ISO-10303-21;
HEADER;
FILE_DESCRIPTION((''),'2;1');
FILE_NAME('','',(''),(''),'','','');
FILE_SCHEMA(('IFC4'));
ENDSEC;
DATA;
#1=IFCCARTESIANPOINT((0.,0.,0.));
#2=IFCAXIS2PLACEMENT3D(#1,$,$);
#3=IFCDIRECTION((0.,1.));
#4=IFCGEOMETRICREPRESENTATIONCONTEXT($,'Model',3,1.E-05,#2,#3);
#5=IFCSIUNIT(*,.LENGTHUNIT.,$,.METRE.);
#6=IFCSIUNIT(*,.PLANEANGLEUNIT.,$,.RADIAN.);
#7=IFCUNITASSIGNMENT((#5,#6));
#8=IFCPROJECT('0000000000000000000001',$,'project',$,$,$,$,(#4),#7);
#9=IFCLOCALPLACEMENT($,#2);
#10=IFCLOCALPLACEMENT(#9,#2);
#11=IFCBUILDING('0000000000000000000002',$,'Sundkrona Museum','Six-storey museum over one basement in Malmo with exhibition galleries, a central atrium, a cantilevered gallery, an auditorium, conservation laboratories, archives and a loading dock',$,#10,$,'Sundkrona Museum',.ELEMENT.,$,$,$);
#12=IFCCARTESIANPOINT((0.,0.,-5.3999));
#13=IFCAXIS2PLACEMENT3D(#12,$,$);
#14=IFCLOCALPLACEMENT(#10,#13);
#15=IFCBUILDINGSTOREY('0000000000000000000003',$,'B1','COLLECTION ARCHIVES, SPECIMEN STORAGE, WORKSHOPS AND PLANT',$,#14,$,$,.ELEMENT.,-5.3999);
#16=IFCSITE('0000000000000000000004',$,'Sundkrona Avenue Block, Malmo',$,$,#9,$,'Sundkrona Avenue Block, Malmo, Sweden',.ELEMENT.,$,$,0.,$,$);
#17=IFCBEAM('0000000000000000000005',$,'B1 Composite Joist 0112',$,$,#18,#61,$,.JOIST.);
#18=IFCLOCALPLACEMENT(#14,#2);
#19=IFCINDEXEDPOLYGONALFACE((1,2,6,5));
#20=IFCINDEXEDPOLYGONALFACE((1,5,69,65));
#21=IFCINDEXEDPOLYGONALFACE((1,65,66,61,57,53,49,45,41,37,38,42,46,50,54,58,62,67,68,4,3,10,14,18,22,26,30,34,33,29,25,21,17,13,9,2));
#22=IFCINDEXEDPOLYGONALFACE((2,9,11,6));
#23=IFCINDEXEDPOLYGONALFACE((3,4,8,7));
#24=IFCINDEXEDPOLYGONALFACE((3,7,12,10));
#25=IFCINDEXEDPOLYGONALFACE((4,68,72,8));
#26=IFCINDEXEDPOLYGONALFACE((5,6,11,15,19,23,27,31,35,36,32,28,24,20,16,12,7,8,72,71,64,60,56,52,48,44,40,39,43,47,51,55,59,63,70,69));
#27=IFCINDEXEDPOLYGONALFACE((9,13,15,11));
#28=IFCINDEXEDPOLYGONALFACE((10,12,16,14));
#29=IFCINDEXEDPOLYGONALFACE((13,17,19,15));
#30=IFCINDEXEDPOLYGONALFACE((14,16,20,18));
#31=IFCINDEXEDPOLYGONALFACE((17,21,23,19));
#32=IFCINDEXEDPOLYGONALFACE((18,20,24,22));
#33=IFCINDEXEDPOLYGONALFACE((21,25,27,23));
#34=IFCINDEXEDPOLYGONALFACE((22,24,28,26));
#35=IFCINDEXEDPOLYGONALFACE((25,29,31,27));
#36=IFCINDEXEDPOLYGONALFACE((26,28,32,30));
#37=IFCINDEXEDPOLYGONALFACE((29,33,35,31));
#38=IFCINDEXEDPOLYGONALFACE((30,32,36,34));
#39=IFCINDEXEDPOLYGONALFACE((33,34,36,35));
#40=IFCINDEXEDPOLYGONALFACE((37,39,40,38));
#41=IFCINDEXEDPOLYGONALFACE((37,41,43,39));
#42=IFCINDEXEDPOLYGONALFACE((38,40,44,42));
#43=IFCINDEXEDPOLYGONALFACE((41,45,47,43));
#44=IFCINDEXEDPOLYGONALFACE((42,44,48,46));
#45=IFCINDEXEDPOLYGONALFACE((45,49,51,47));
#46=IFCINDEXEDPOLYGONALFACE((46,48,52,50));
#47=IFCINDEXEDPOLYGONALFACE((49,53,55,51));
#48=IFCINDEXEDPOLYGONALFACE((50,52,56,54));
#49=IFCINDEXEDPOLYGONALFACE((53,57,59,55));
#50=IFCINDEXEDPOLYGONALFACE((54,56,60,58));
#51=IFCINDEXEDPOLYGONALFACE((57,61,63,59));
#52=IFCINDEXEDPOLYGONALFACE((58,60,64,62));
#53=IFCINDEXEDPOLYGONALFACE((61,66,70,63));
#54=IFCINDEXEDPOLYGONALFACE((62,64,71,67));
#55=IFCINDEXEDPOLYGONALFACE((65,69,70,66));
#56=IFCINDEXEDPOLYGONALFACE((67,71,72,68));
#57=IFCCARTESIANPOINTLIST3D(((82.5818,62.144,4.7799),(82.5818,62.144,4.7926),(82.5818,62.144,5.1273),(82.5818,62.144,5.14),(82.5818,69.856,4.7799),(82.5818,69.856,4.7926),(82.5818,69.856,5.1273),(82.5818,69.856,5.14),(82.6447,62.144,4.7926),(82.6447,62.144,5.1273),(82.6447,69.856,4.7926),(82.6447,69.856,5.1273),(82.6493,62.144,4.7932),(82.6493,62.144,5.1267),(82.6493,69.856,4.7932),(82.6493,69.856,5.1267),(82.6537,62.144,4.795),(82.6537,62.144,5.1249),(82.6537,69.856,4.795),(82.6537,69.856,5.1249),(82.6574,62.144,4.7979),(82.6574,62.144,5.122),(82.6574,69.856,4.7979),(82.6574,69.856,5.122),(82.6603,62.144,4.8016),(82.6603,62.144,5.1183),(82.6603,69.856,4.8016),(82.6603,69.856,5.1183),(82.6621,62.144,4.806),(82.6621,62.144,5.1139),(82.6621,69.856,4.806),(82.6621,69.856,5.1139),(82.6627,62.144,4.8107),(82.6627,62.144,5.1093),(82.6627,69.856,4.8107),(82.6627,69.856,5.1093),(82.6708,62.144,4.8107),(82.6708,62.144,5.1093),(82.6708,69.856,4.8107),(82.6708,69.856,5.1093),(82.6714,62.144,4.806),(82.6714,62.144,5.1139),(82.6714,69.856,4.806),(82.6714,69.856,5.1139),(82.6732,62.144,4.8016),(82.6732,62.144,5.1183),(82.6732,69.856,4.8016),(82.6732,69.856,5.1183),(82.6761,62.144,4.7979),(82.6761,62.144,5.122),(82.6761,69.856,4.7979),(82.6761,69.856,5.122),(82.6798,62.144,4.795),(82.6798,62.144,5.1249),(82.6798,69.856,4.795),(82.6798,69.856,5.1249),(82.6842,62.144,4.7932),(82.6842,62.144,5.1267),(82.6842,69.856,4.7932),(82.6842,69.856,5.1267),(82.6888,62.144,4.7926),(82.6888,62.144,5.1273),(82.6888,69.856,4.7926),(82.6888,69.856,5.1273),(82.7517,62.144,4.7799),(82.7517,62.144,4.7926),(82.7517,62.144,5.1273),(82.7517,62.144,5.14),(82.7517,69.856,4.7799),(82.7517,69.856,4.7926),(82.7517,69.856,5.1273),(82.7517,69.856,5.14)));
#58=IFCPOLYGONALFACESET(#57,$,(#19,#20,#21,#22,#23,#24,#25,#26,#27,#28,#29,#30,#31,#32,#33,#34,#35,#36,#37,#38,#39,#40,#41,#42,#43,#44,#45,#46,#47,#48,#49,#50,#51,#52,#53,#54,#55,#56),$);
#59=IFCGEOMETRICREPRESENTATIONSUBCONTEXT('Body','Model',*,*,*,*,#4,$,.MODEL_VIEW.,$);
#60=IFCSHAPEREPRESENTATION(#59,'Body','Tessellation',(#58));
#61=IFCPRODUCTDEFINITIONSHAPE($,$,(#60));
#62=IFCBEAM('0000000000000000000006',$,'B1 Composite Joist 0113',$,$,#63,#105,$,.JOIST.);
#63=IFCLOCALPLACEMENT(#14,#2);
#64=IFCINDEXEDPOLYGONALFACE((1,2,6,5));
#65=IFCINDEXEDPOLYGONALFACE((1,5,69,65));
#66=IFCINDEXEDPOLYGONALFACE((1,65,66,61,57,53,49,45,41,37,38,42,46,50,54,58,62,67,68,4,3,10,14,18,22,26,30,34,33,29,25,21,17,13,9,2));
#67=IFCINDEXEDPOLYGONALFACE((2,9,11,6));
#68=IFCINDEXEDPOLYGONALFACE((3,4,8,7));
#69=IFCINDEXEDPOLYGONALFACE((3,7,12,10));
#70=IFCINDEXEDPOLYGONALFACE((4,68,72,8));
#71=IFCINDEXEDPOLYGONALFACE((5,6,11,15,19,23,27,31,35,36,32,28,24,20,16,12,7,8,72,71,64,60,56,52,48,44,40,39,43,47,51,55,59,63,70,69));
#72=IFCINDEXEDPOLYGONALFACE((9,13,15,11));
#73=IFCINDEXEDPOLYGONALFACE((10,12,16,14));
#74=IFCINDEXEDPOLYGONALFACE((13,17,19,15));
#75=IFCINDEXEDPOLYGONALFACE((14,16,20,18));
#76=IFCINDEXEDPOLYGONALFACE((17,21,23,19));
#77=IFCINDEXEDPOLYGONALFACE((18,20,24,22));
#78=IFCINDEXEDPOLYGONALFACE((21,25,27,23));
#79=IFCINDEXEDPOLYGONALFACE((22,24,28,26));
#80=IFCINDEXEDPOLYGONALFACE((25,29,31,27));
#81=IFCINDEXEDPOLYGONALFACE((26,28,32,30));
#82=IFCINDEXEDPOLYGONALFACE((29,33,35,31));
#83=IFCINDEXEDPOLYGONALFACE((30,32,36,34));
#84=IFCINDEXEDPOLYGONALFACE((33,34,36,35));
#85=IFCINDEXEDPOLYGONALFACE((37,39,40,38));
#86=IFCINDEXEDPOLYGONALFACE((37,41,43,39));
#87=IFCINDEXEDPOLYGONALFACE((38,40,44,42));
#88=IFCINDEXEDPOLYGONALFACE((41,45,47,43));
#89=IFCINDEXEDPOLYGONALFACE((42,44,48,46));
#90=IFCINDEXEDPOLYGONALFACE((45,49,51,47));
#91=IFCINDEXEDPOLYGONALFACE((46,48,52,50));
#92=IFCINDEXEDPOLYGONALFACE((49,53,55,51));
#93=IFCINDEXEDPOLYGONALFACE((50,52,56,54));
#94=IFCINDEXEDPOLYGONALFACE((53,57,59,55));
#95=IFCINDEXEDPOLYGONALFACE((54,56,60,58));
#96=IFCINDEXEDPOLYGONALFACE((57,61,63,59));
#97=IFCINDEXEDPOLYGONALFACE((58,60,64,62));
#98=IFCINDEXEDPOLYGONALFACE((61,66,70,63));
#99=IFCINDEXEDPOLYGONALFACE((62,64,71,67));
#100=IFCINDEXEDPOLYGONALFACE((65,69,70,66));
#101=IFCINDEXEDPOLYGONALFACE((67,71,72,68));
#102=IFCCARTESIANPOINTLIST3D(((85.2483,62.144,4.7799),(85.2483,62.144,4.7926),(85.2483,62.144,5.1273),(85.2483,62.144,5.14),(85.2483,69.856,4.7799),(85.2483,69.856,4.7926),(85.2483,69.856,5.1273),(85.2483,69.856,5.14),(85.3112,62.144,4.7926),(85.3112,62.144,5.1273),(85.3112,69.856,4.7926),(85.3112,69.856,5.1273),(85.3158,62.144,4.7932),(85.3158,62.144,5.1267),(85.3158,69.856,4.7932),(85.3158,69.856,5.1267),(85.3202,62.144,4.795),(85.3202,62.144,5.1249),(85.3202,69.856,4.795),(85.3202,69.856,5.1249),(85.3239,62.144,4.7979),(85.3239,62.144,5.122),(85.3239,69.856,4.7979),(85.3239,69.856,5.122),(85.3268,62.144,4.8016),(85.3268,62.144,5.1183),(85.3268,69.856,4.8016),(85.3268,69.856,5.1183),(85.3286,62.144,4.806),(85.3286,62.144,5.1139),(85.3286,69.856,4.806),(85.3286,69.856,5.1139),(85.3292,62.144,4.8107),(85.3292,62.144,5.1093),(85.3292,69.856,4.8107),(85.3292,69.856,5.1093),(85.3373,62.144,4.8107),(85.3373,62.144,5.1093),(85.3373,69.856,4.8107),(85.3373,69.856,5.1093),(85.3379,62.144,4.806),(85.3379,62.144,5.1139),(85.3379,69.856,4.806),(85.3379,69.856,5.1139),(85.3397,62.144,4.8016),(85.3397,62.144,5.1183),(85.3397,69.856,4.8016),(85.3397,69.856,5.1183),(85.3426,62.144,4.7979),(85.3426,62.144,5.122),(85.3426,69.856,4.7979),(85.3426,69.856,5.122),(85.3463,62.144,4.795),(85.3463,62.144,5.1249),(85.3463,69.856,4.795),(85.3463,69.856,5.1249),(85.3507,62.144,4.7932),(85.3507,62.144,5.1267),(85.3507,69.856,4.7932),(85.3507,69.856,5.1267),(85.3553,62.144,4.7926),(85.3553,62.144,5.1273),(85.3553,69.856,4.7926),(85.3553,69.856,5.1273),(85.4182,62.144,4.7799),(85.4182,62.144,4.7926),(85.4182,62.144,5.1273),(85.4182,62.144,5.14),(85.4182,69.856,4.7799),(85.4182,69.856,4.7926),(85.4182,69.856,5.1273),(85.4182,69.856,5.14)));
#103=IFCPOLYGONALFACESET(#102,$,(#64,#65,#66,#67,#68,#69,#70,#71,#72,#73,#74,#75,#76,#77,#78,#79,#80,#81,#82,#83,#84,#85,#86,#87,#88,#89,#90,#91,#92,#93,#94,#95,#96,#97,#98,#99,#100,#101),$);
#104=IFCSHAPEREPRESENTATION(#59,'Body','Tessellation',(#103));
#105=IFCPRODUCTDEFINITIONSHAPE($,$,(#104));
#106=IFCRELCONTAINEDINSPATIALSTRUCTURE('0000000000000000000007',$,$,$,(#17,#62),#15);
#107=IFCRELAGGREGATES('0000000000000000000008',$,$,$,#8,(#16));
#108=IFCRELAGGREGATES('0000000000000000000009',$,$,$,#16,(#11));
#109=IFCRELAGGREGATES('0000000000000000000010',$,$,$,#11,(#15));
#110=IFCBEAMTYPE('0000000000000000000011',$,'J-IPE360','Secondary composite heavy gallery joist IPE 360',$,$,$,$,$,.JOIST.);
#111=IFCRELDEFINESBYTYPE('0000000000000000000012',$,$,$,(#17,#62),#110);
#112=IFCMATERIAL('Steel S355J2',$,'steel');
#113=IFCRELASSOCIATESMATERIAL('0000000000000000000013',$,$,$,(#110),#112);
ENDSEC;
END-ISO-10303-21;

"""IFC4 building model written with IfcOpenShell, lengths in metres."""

from ifc_helpers import new_model, si_unit, direction, frame, origin, origin_2d, place, context, subcontext, project, spatial, i_section, extrude, material, material_profile, profile_set, type_object, element, save


model = new_model("IFC4")

# Units and contexts
model_context = context("Model", 3, precision=1e-05, world=origin(), true_north=direction((0.0, 1.0)))
body_context = subcontext(model_context, "Body", "Model", "MODEL_VIEW")
ifc_project = project(units=[si_unit("LENGTHUNIT", "METRE"), si_unit("PLANEANGLEUNIT", "RADIAN")], contexts=[model_context])

# Site, building, storey
site_placement = place(None, origin())
site = spatial("IfcSite", under=ifc_project, at=site_placement, Name="Sundkrona Avenue Block, Malmo", LongName="Sundkrona Avenue Block, Malmo, Sweden", CompositionType="ELEMENT", RefElevation=0.0)
building_placement = place(site_placement, origin())
building = spatial("IfcBuilding", under=site, at=building_placement, Name="Sundkrona Museum", Description="Six-storey museum over one basement in Malmo with exhibition galleries, a central atrium, a cantilevered gallery, an auditorium, conservation laboratories, archives and a loading dock", LongName="Sundkrona Museum", CompositionType="ELEMENT")
storey_placement = place(building_placement, frame((0.0, 0.0, -5.3999)))
storey = spatial("IfcBuildingStorey", under=building, at=storey_placement, Name="B1", Description="COLLECTION ARCHIVES, SPECIMEN STORAGE, WORKSHOPS AND PLANT", CompositionType="ELEMENT", Elevation=-5.3999)

# Beams
ifc_material_1 = material(Name="Steel S355J2", Category="steel")
ifc_material_profile_1 = material_profile(ifc_material_1, i_section(OverallWidth=0.1699, OverallDepth=0.3601, WebThickness=0.0081, FlangeThickness=0.0127, FilletRadius=0.0181, at=origin_2d()), Name="IPE 360")
ifc_profile_set_1 = profile_set([ifc_material_profile_1], Name="Steel S355J2")
beam_type_1 = type_object("IfcBeamType", Name="J-IPE360", Description="Secondary composite heavy gallery joist IPE 360", PredefinedType="JOIST", material=ifc_profile_set_1)
for number, where, z_axis, x_axis, name in (
    (1, (82.6667, 62.144, 4.96), (0.0, 1.0, 0.0), (-1.0, 0.0, 0.0), "B1 Composite Joist 0112"),
    (2, (85.3333, 62.144, 4.96), (0.0, 1.0, 0.0), (-1.0, 0.0, 0.0), "B1 Composite Joist 0113"),
):
    element("IfcBeam", number, at=place(storey_placement, frame(where, z_axis=z_axis, x_axis=x_axis)), inside=storey, type_object=beam_type_1, Name=name, PredefinedType="JOIST", context=body_context, shape_type="SweptSolid", body=[
        extrude(i_section(OverallWidth=0.1699, OverallDepth=0.3601, WebThickness=0.0081, FlangeThickness=0.0127, FilletRadius=0.0181, at=origin_2d()), origin(), (0.0, 0.0, 1.0), 7.7119),
    ])

save(model, "model.ifc")
